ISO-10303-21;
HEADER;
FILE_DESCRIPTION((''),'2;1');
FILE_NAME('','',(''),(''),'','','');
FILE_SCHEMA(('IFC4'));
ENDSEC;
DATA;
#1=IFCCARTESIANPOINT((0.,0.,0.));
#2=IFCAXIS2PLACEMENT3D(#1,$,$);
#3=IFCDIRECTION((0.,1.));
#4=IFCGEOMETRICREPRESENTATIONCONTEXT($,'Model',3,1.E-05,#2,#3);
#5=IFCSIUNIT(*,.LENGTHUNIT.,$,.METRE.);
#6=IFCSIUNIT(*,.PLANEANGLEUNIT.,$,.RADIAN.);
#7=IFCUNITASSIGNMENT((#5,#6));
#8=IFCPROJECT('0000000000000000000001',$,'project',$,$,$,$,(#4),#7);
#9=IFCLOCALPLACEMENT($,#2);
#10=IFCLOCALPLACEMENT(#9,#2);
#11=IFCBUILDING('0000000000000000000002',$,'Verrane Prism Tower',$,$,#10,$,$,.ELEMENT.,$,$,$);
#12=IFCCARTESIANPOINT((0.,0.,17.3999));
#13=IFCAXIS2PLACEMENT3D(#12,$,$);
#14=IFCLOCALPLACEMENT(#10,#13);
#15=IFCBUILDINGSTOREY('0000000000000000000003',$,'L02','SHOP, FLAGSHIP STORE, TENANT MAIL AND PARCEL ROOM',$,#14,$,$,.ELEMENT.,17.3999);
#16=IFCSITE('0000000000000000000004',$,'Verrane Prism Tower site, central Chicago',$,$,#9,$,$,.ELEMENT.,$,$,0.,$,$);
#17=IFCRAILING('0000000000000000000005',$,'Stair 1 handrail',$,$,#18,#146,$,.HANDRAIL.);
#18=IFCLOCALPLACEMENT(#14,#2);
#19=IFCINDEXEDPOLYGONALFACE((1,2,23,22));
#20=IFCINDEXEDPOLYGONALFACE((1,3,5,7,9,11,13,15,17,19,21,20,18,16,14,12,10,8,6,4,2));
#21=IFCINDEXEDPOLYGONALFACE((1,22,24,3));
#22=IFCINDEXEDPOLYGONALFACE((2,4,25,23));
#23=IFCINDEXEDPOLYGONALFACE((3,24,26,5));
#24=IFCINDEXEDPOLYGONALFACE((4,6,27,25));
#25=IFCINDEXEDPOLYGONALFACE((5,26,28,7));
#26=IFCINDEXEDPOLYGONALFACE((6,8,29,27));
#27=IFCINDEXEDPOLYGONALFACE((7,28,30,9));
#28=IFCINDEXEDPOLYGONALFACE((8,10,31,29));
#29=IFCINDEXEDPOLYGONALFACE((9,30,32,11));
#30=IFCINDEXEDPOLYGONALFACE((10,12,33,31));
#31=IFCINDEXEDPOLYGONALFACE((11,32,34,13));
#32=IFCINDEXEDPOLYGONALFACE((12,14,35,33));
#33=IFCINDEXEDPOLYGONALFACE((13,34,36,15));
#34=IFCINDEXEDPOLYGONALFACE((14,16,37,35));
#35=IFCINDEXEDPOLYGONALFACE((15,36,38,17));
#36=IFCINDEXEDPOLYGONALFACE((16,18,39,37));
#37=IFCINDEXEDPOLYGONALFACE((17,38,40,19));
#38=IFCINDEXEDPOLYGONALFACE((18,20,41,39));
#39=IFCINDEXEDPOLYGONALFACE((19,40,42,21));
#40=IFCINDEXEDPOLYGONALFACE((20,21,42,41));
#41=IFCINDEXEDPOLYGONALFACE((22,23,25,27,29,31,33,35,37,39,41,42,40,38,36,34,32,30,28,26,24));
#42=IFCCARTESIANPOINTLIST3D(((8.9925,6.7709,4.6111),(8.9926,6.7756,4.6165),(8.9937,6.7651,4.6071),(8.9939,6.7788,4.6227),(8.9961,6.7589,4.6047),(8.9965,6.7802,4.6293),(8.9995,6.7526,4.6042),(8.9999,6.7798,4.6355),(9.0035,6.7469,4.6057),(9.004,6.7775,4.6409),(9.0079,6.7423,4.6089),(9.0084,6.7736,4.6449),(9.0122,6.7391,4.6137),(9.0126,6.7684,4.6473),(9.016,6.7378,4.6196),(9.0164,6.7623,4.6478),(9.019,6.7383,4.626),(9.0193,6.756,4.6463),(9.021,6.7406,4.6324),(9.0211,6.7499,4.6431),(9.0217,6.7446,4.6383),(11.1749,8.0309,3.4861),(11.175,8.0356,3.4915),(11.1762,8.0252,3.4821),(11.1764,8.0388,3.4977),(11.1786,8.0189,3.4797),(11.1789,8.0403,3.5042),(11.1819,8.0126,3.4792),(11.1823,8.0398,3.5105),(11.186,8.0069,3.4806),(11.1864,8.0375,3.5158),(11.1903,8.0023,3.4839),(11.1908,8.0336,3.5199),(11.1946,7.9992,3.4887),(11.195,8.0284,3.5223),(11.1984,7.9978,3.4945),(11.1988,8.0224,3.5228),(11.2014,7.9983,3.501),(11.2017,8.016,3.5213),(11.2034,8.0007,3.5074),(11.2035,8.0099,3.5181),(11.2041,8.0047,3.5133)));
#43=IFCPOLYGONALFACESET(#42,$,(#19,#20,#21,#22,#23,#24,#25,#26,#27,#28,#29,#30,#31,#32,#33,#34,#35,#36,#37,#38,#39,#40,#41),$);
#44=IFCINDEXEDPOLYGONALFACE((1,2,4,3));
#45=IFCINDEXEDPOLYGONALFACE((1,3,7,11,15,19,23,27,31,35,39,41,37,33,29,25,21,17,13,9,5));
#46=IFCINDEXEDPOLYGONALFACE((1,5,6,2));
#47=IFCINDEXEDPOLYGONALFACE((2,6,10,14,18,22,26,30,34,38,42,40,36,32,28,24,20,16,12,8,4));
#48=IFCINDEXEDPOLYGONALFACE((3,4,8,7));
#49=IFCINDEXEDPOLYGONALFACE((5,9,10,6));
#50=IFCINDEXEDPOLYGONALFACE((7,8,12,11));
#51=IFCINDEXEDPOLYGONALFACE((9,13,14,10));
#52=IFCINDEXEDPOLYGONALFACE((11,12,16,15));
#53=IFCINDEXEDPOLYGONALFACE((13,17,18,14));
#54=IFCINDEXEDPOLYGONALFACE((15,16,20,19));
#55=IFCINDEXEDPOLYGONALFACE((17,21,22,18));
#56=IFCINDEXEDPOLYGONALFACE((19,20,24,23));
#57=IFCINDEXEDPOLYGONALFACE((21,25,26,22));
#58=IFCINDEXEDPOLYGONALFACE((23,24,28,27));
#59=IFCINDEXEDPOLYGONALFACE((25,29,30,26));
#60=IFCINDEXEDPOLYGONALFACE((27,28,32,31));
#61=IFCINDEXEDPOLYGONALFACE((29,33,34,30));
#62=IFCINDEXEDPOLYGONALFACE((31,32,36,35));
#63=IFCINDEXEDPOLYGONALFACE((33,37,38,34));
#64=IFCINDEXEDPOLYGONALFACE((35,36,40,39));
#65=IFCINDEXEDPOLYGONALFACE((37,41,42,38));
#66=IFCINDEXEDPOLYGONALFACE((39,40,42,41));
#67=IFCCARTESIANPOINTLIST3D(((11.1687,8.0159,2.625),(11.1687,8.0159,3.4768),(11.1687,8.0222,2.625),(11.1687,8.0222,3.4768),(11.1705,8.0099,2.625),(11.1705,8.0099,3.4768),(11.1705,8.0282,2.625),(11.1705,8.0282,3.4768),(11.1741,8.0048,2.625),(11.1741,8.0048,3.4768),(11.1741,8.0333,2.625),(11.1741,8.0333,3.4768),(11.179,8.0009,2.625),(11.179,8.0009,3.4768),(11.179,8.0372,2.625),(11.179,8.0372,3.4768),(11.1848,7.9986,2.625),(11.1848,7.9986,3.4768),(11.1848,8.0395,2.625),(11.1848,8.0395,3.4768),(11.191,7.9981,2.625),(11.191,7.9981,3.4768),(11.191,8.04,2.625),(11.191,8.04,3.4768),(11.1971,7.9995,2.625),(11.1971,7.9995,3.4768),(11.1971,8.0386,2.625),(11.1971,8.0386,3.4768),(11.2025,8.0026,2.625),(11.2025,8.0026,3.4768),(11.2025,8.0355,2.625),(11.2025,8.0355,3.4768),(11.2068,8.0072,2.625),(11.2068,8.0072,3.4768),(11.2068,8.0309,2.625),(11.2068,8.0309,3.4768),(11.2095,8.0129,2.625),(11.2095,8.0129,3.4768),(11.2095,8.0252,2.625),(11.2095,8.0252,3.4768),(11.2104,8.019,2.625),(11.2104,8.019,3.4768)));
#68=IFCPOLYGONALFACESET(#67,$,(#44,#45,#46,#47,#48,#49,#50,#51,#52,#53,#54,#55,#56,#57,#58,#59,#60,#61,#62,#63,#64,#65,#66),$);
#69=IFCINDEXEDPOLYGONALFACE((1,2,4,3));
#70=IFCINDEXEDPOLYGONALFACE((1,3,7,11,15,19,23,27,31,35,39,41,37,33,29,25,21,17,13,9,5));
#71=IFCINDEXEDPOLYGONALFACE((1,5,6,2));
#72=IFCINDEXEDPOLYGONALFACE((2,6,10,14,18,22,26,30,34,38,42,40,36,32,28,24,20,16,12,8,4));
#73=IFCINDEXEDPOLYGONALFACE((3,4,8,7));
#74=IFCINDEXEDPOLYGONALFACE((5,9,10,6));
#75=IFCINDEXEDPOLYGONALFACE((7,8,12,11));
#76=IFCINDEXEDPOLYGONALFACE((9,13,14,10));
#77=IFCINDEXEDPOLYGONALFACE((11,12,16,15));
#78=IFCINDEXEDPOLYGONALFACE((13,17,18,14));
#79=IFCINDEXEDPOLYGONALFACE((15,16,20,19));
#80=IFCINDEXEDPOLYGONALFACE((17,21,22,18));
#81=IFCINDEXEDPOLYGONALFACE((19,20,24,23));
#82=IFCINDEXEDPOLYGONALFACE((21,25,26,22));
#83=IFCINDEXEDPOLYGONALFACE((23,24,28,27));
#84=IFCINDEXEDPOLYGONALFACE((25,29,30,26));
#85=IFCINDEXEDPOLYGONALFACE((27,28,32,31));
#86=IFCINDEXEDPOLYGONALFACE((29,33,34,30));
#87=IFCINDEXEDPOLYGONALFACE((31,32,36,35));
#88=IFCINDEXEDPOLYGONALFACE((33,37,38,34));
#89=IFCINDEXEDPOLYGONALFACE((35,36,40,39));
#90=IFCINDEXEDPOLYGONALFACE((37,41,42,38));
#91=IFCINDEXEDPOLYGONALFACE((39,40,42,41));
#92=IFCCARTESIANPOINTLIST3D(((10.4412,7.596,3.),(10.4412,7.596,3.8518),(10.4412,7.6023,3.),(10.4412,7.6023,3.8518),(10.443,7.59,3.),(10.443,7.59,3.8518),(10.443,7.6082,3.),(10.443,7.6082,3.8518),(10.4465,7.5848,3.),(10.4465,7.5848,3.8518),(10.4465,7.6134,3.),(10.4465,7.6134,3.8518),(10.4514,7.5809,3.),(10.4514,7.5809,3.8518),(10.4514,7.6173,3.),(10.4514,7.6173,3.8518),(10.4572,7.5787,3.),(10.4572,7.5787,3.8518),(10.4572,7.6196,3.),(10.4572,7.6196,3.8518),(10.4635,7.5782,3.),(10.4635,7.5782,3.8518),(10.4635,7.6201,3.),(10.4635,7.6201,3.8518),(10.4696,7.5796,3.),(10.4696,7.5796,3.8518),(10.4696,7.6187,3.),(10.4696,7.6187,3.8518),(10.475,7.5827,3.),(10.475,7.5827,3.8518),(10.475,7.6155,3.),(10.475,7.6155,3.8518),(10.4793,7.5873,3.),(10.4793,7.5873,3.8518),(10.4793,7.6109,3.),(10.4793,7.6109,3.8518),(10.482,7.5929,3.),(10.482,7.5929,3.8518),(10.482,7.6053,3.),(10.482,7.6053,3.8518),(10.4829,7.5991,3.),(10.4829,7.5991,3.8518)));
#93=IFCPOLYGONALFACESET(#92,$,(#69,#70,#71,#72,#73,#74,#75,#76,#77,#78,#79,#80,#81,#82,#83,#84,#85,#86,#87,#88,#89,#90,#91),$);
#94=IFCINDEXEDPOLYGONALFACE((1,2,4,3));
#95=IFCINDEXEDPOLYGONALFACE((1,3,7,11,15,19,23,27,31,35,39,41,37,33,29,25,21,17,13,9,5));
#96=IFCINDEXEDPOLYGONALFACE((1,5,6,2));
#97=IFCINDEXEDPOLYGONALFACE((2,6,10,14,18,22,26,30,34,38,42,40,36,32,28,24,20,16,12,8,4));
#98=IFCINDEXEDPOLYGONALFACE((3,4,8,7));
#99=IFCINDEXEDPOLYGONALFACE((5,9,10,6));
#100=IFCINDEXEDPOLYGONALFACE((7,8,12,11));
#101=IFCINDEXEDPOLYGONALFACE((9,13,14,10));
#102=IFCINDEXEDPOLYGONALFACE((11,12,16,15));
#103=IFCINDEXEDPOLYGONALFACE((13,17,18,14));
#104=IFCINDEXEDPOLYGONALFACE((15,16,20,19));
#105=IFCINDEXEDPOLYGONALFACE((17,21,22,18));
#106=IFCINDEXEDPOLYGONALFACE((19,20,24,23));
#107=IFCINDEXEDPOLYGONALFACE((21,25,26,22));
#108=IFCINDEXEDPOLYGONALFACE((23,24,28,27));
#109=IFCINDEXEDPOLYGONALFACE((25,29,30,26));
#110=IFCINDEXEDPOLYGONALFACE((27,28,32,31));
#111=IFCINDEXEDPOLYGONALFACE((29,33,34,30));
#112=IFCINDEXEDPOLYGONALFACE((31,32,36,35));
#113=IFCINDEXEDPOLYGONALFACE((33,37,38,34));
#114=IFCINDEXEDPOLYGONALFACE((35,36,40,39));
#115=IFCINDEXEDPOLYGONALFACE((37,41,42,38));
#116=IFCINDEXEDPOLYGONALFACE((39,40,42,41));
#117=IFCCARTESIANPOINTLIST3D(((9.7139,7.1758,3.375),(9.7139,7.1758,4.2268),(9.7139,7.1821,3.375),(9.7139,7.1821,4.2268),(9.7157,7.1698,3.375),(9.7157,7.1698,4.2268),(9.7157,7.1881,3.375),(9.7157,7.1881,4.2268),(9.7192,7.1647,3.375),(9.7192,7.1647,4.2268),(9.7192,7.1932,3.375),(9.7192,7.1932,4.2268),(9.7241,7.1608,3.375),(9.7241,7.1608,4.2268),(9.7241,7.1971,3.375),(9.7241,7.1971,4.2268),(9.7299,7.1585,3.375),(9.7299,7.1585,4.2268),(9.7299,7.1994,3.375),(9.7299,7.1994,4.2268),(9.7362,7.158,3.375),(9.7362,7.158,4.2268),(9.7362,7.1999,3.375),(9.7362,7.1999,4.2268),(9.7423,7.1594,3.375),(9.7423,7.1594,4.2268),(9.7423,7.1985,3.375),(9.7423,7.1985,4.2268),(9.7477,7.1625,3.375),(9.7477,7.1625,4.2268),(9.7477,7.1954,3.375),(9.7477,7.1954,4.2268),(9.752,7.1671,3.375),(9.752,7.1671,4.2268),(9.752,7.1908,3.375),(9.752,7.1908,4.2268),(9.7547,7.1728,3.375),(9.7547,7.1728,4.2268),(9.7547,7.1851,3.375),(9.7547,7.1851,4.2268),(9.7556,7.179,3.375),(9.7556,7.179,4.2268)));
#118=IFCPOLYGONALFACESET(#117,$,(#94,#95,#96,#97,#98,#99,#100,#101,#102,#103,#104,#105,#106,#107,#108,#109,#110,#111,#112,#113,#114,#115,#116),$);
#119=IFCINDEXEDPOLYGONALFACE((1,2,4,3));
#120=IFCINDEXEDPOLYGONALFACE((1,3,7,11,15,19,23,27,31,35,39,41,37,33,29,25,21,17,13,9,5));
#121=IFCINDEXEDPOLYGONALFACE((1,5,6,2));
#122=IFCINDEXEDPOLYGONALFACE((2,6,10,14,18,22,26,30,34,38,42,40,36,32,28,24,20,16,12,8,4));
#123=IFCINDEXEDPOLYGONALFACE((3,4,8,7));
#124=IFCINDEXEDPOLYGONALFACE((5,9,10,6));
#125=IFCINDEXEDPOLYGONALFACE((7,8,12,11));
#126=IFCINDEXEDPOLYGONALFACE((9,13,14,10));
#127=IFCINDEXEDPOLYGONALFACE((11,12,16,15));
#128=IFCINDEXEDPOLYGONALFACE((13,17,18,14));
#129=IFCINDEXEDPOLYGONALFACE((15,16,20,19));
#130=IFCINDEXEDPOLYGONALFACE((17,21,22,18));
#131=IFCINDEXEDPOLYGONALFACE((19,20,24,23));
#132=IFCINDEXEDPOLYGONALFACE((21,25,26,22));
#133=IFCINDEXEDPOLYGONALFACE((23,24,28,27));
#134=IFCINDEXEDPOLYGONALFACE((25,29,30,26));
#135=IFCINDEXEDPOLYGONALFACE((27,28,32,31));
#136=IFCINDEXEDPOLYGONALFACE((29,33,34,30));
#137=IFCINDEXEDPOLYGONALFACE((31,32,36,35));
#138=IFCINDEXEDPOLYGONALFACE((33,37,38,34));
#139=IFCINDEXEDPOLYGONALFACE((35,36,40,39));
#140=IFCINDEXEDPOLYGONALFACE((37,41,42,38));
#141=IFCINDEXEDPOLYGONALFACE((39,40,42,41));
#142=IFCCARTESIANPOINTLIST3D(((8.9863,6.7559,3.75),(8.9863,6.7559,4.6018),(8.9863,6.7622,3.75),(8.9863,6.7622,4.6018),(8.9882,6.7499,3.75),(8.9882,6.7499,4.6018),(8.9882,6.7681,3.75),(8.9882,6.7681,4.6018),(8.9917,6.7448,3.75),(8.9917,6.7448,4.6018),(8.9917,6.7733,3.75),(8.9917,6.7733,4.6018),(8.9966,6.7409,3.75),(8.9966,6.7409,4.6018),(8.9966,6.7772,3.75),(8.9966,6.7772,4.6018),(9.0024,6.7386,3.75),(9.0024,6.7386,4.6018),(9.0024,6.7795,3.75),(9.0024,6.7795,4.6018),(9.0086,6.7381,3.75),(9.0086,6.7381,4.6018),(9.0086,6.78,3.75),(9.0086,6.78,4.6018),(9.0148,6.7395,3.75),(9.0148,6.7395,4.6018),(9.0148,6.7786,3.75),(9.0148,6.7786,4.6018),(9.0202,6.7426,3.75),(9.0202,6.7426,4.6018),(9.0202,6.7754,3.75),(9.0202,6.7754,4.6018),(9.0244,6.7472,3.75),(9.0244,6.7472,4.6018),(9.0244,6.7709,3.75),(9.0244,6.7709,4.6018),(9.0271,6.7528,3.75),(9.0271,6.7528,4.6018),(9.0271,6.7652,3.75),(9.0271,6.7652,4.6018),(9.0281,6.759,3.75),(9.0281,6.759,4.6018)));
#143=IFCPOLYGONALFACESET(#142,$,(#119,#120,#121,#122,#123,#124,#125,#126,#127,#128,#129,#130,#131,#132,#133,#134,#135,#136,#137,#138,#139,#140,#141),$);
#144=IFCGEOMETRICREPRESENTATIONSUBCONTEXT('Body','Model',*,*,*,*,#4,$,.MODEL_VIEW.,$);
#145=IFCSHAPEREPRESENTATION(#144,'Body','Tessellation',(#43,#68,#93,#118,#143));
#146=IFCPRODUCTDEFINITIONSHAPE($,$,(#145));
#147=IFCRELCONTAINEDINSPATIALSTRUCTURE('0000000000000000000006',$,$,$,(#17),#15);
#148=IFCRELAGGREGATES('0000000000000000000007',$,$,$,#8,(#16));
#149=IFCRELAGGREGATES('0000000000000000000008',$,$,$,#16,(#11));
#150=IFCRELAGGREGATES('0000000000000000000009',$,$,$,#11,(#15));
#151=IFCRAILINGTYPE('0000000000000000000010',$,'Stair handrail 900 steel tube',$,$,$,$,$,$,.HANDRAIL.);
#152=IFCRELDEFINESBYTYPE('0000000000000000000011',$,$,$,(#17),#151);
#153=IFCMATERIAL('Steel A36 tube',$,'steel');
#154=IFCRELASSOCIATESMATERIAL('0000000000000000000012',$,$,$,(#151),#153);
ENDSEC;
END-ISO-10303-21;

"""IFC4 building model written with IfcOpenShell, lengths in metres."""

from ifc_helpers import new_model, si_unit, direction, frame, origin, origin_2d, place, context, subcontext, project, spatial, circle, extrude, material, type_object, element, save


model = new_model("IFC4")

# Units and contexts
model_context = context("Model", 3, precision=1e-05, world=origin(), true_north=direction((0.0, 1.0)))
body_context = subcontext(model_context, "Body", "Model", "MODEL_VIEW")
ifc_project = project(units=[si_unit("LENGTHUNIT", "METRE"), si_unit("PLANEANGLEUNIT", "RADIAN")], contexts=[model_context])

# Site, building, storey
site_placement = place(None, origin())
site = spatial("IfcSite", under=ifc_project, at=site_placement, Name="Verrane Prism Tower site, central Chicago", CompositionType="ELEMENT", RefElevation=0.0)
building_placement = place(site_placement, origin())
building = spatial("IfcBuilding", under=site, at=building_placement, Name="Verrane Prism Tower", CompositionType="ELEMENT")
storey_placement = place(building_placement, frame((0.0, 0.0, 17.3999)))
storey = spatial("IfcBuildingStorey", under=building, at=storey_placement, Name="L02", Description="SHOP, FLAGSHIP STORE, TENANT MAIL AND PARCEL ROOM", CompositionType="ELEMENT", Elevation=17.3999)

# Railing
ifc_material_1 = material(Name="Steel A36 tube", Category="steel")
railing_type_1 = type_object("IfcRailingType", Name="Stair handrail 900 steel tube", PredefinedType="HANDRAIL", material=ifc_material_1)
railing_1_placement = place(storey_placement, frame((11.1895, 8.019, 2.625)))
element("IfcRailing", 1, at=railing_1_placement, inside=storey, type_object=railing_type_1, Name="Stair 1 handrail", PredefinedType="HANDRAIL", context=body_context, shape_type="SweptSolid", body=[
    extrude(circle(Radius=0.0239, at=origin_2d()), frame((0.0, 0.0, 0.876), z_axis=(-0.790798, -0.456573, 0.407651), x_axis=(0.500005, -0.866023, 0.0)), (0.0, 0.0, 1.0), 2.7598),
    extrude(circle(Radius=0.021, at=origin_2d()), origin(), (0.0, 0.0, 1.0), 0.8518),
    extrude(circle(Radius=0.021, at=origin_2d()), frame((-0.7275, -0.4199, 0.375)), (0.0, 0.0, 1.0), 0.8518),
    extrude(circle(Radius=0.021, at=origin_2d()), frame((-1.4548, -0.8401, 0.75)), (0.0, 0.0, 1.0), 0.8518),
    extrude(circle(Radius=0.021, at=origin_2d()), frame((-2.1824, -1.26, 1.125)), (0.0, 0.0, 1.0), 0.8518),
])

save(model, "model.ifc")
